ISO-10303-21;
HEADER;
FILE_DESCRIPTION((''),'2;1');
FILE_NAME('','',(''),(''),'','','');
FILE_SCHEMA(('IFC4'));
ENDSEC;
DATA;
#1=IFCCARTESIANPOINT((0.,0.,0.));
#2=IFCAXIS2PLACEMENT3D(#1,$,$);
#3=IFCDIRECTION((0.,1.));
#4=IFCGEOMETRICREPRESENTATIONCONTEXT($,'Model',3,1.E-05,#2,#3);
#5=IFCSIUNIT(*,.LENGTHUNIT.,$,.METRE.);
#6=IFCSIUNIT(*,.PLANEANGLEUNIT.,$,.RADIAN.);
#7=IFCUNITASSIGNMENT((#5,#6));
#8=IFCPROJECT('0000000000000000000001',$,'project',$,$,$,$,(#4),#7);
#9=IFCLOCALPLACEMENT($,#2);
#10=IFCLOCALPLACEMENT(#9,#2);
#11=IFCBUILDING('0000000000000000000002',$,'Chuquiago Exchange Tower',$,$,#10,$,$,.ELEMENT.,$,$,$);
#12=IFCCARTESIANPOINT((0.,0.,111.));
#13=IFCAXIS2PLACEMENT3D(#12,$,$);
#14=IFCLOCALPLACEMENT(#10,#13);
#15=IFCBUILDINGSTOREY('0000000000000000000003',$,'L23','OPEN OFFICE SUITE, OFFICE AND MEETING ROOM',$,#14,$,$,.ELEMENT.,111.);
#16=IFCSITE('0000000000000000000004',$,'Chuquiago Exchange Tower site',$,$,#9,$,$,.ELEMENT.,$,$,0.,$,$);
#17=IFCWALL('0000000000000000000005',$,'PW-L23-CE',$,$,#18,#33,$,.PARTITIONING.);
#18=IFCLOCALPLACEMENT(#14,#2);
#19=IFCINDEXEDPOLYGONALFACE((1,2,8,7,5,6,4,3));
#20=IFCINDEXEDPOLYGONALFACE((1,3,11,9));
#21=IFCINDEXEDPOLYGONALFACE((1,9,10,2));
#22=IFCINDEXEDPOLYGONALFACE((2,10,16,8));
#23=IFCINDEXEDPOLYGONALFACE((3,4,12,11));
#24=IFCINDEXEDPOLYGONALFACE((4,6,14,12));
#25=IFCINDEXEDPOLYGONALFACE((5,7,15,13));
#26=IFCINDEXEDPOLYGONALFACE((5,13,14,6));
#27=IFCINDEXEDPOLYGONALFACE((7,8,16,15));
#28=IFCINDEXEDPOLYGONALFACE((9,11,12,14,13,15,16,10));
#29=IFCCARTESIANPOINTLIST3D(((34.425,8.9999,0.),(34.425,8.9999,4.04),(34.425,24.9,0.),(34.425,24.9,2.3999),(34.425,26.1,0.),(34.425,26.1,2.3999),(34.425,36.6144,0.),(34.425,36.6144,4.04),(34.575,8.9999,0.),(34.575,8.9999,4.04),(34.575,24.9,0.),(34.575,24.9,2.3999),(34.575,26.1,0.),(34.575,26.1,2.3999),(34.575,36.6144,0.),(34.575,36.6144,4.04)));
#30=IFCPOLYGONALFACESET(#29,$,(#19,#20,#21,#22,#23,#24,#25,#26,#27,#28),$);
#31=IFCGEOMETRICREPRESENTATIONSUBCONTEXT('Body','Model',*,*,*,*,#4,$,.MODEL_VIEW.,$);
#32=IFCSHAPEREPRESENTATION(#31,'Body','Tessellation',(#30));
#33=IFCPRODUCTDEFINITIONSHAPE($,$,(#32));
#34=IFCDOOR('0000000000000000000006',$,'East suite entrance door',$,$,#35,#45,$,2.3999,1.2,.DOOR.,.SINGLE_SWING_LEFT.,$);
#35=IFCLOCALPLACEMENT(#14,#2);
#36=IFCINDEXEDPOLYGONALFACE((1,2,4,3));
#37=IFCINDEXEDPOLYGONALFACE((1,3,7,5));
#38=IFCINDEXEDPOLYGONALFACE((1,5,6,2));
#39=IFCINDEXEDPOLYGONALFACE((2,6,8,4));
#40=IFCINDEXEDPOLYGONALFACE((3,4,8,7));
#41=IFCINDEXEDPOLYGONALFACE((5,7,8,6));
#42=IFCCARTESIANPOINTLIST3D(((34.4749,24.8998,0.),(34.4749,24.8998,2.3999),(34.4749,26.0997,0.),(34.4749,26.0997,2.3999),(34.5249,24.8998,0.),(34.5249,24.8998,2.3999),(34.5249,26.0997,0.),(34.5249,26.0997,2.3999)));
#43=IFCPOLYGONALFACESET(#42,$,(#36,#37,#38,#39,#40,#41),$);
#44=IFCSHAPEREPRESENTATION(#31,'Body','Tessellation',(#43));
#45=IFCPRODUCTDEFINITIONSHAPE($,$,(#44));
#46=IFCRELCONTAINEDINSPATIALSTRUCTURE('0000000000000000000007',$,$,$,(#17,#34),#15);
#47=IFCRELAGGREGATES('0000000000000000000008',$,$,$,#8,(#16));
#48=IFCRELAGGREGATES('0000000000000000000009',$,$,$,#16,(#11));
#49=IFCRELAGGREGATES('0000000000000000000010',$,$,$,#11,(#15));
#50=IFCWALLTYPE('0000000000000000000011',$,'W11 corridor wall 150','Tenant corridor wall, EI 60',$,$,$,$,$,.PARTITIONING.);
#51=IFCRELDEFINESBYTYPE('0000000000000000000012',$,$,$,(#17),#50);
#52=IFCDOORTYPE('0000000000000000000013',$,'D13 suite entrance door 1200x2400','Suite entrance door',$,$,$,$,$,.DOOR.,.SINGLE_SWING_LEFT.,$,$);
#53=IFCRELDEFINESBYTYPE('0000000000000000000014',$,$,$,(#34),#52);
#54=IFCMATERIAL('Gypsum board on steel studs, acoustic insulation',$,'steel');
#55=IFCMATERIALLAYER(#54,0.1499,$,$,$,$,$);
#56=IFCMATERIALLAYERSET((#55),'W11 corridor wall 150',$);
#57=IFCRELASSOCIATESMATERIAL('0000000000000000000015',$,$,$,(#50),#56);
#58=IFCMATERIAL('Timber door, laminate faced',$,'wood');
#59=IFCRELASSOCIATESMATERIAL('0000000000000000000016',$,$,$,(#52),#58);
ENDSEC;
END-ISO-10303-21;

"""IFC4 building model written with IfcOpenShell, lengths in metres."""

from ifc_helpers import new_model, si_unit, direction, frame, frame_2d, origin, place, context, subcontext, project, spatial, rectangle, extrude, material, layer, layer_set, type_object, element, fill, save


model = new_model("IFC4")

# Units and contexts
model_context = context("Model", 3, precision=1e-05, world=origin(), true_north=direction((0.0, 1.0)))
body_context = subcontext(model_context, "Body", "Model", "MODEL_VIEW")
ifc_project = project(units=[si_unit("LENGTHUNIT", "METRE"), si_unit("PLANEANGLEUNIT", "RADIAN")], contexts=[model_context])

# Site, building, storey
site_placement = place(None, origin())
site = spatial("IfcSite", under=ifc_project, at=site_placement, Name="Chuquiago Exchange Tower site", CompositionType="ELEMENT", RefElevation=0.0)
building_placement = place(site_placement, origin())
building = spatial("IfcBuilding", under=site, at=building_placement, Name="Chuquiago Exchange Tower", CompositionType="ELEMENT")
storey_placement = place(building_placement, frame((0.0, 0.0, 111.0)))
storey = spatial("IfcBuildingStorey", under=building, at=storey_placement, Name="L23", Description="OPEN OFFICE SUITE, OFFICE AND MEETING ROOM", CompositionType="ELEMENT", Elevation=111.0)

# Wall, opening, door
ifc_material_1 = material(Name="Gypsum board on steel studs, acoustic insulation", Category="steel")
ifc_layer_1 = layer(ifc_material_1, 0.1499)
ifc_layer_set_1 = layer_set([ifc_layer_1], Name="W11 corridor wall 150")
wall_type_1 = type_object("IfcWallType", Name="W11 corridor wall 150", Description="Tenant corridor wall, EI 60", PredefinedType="PARTITIONING", material=ifc_layer_set_1)
wall_1_placement = place(storey_placement, frame((34.5, 9.0, 0.0), z_axis=(0.0, 0.0, 1.0), x_axis=(0.0, 1.0, 0.0)))
wall_1 = element("IfcWall", 1, at=wall_1_placement, inside=storey, type_object=wall_type_1, Name="PW-L23-CE", PredefinedType="PARTITIONING", context=body_context, shape_type="SweptSolid", body=[
    extrude(rectangle(XDim=27.6145, YDim=0.1499, at=frame_2d((13.8071, 0.0))), origin(), (0.0, 0.0, 1.0), 4.04),
])
opening_1_placement = place(wall_1_placement, frame((15.8999, 0.0, 0.0)))
opening_1 = element("IfcOpeningElement", 2, at=opening_1_placement, cuts=wall_1, PredefinedType="OPENING", context=body_context, shape_type="SweptSolid", body=[
    extrude(rectangle(XDim=1.2, YDim=2.3999, at=frame_2d((0.6001, 1.2))), frame((0.0, 0.085, 0.0), z_axis=(0.0, -1.0, 0.0), x_axis=(1.0, 0.0, 0.0)), (0.0, 0.0, 1.0), 0.1699),
])
ifc_material_2 = material(Name="Timber door, laminate faced", Category="wood")
door_type_1 = type_object("IfcDoorType", Name="D13 suite entrance door 1200x2400", Description="Suite entrance door", OperationType="SINGLE_SWING_LEFT", PredefinedType="DOOR", material=ifc_material_2)
door_1_placement = place(opening_1_placement, frame((1.2, 0.0, 0.0), z_axis=(0.0, 0.0, 1.0), x_axis=(-1.0, 0.0, 0.0)))
door_1 = element("IfcDoor", 3, at=door_1_placement, inside=storey, type_object=door_type_1, Name="East suite entrance door", OperationType="SINGLE_SWING_LEFT", OverallHeight=2.3999, OverallWidth=1.2, PredefinedType="DOOR", context=body_context, shape_type="SweptSolid", body=[
    extrude(rectangle(XDim=1.2, YDim=2.3999, at=frame_2d((0.6001, 1.2))), frame((0.0, 0.0249, 0.0), z_axis=(0.0, -1.0, 0.0), x_axis=(1.0, 0.0, 0.0)), (0.0, 0.0, 1.0), 0.05),
])
fill(opening_1, door_1)

save(model, "model.ifc")
